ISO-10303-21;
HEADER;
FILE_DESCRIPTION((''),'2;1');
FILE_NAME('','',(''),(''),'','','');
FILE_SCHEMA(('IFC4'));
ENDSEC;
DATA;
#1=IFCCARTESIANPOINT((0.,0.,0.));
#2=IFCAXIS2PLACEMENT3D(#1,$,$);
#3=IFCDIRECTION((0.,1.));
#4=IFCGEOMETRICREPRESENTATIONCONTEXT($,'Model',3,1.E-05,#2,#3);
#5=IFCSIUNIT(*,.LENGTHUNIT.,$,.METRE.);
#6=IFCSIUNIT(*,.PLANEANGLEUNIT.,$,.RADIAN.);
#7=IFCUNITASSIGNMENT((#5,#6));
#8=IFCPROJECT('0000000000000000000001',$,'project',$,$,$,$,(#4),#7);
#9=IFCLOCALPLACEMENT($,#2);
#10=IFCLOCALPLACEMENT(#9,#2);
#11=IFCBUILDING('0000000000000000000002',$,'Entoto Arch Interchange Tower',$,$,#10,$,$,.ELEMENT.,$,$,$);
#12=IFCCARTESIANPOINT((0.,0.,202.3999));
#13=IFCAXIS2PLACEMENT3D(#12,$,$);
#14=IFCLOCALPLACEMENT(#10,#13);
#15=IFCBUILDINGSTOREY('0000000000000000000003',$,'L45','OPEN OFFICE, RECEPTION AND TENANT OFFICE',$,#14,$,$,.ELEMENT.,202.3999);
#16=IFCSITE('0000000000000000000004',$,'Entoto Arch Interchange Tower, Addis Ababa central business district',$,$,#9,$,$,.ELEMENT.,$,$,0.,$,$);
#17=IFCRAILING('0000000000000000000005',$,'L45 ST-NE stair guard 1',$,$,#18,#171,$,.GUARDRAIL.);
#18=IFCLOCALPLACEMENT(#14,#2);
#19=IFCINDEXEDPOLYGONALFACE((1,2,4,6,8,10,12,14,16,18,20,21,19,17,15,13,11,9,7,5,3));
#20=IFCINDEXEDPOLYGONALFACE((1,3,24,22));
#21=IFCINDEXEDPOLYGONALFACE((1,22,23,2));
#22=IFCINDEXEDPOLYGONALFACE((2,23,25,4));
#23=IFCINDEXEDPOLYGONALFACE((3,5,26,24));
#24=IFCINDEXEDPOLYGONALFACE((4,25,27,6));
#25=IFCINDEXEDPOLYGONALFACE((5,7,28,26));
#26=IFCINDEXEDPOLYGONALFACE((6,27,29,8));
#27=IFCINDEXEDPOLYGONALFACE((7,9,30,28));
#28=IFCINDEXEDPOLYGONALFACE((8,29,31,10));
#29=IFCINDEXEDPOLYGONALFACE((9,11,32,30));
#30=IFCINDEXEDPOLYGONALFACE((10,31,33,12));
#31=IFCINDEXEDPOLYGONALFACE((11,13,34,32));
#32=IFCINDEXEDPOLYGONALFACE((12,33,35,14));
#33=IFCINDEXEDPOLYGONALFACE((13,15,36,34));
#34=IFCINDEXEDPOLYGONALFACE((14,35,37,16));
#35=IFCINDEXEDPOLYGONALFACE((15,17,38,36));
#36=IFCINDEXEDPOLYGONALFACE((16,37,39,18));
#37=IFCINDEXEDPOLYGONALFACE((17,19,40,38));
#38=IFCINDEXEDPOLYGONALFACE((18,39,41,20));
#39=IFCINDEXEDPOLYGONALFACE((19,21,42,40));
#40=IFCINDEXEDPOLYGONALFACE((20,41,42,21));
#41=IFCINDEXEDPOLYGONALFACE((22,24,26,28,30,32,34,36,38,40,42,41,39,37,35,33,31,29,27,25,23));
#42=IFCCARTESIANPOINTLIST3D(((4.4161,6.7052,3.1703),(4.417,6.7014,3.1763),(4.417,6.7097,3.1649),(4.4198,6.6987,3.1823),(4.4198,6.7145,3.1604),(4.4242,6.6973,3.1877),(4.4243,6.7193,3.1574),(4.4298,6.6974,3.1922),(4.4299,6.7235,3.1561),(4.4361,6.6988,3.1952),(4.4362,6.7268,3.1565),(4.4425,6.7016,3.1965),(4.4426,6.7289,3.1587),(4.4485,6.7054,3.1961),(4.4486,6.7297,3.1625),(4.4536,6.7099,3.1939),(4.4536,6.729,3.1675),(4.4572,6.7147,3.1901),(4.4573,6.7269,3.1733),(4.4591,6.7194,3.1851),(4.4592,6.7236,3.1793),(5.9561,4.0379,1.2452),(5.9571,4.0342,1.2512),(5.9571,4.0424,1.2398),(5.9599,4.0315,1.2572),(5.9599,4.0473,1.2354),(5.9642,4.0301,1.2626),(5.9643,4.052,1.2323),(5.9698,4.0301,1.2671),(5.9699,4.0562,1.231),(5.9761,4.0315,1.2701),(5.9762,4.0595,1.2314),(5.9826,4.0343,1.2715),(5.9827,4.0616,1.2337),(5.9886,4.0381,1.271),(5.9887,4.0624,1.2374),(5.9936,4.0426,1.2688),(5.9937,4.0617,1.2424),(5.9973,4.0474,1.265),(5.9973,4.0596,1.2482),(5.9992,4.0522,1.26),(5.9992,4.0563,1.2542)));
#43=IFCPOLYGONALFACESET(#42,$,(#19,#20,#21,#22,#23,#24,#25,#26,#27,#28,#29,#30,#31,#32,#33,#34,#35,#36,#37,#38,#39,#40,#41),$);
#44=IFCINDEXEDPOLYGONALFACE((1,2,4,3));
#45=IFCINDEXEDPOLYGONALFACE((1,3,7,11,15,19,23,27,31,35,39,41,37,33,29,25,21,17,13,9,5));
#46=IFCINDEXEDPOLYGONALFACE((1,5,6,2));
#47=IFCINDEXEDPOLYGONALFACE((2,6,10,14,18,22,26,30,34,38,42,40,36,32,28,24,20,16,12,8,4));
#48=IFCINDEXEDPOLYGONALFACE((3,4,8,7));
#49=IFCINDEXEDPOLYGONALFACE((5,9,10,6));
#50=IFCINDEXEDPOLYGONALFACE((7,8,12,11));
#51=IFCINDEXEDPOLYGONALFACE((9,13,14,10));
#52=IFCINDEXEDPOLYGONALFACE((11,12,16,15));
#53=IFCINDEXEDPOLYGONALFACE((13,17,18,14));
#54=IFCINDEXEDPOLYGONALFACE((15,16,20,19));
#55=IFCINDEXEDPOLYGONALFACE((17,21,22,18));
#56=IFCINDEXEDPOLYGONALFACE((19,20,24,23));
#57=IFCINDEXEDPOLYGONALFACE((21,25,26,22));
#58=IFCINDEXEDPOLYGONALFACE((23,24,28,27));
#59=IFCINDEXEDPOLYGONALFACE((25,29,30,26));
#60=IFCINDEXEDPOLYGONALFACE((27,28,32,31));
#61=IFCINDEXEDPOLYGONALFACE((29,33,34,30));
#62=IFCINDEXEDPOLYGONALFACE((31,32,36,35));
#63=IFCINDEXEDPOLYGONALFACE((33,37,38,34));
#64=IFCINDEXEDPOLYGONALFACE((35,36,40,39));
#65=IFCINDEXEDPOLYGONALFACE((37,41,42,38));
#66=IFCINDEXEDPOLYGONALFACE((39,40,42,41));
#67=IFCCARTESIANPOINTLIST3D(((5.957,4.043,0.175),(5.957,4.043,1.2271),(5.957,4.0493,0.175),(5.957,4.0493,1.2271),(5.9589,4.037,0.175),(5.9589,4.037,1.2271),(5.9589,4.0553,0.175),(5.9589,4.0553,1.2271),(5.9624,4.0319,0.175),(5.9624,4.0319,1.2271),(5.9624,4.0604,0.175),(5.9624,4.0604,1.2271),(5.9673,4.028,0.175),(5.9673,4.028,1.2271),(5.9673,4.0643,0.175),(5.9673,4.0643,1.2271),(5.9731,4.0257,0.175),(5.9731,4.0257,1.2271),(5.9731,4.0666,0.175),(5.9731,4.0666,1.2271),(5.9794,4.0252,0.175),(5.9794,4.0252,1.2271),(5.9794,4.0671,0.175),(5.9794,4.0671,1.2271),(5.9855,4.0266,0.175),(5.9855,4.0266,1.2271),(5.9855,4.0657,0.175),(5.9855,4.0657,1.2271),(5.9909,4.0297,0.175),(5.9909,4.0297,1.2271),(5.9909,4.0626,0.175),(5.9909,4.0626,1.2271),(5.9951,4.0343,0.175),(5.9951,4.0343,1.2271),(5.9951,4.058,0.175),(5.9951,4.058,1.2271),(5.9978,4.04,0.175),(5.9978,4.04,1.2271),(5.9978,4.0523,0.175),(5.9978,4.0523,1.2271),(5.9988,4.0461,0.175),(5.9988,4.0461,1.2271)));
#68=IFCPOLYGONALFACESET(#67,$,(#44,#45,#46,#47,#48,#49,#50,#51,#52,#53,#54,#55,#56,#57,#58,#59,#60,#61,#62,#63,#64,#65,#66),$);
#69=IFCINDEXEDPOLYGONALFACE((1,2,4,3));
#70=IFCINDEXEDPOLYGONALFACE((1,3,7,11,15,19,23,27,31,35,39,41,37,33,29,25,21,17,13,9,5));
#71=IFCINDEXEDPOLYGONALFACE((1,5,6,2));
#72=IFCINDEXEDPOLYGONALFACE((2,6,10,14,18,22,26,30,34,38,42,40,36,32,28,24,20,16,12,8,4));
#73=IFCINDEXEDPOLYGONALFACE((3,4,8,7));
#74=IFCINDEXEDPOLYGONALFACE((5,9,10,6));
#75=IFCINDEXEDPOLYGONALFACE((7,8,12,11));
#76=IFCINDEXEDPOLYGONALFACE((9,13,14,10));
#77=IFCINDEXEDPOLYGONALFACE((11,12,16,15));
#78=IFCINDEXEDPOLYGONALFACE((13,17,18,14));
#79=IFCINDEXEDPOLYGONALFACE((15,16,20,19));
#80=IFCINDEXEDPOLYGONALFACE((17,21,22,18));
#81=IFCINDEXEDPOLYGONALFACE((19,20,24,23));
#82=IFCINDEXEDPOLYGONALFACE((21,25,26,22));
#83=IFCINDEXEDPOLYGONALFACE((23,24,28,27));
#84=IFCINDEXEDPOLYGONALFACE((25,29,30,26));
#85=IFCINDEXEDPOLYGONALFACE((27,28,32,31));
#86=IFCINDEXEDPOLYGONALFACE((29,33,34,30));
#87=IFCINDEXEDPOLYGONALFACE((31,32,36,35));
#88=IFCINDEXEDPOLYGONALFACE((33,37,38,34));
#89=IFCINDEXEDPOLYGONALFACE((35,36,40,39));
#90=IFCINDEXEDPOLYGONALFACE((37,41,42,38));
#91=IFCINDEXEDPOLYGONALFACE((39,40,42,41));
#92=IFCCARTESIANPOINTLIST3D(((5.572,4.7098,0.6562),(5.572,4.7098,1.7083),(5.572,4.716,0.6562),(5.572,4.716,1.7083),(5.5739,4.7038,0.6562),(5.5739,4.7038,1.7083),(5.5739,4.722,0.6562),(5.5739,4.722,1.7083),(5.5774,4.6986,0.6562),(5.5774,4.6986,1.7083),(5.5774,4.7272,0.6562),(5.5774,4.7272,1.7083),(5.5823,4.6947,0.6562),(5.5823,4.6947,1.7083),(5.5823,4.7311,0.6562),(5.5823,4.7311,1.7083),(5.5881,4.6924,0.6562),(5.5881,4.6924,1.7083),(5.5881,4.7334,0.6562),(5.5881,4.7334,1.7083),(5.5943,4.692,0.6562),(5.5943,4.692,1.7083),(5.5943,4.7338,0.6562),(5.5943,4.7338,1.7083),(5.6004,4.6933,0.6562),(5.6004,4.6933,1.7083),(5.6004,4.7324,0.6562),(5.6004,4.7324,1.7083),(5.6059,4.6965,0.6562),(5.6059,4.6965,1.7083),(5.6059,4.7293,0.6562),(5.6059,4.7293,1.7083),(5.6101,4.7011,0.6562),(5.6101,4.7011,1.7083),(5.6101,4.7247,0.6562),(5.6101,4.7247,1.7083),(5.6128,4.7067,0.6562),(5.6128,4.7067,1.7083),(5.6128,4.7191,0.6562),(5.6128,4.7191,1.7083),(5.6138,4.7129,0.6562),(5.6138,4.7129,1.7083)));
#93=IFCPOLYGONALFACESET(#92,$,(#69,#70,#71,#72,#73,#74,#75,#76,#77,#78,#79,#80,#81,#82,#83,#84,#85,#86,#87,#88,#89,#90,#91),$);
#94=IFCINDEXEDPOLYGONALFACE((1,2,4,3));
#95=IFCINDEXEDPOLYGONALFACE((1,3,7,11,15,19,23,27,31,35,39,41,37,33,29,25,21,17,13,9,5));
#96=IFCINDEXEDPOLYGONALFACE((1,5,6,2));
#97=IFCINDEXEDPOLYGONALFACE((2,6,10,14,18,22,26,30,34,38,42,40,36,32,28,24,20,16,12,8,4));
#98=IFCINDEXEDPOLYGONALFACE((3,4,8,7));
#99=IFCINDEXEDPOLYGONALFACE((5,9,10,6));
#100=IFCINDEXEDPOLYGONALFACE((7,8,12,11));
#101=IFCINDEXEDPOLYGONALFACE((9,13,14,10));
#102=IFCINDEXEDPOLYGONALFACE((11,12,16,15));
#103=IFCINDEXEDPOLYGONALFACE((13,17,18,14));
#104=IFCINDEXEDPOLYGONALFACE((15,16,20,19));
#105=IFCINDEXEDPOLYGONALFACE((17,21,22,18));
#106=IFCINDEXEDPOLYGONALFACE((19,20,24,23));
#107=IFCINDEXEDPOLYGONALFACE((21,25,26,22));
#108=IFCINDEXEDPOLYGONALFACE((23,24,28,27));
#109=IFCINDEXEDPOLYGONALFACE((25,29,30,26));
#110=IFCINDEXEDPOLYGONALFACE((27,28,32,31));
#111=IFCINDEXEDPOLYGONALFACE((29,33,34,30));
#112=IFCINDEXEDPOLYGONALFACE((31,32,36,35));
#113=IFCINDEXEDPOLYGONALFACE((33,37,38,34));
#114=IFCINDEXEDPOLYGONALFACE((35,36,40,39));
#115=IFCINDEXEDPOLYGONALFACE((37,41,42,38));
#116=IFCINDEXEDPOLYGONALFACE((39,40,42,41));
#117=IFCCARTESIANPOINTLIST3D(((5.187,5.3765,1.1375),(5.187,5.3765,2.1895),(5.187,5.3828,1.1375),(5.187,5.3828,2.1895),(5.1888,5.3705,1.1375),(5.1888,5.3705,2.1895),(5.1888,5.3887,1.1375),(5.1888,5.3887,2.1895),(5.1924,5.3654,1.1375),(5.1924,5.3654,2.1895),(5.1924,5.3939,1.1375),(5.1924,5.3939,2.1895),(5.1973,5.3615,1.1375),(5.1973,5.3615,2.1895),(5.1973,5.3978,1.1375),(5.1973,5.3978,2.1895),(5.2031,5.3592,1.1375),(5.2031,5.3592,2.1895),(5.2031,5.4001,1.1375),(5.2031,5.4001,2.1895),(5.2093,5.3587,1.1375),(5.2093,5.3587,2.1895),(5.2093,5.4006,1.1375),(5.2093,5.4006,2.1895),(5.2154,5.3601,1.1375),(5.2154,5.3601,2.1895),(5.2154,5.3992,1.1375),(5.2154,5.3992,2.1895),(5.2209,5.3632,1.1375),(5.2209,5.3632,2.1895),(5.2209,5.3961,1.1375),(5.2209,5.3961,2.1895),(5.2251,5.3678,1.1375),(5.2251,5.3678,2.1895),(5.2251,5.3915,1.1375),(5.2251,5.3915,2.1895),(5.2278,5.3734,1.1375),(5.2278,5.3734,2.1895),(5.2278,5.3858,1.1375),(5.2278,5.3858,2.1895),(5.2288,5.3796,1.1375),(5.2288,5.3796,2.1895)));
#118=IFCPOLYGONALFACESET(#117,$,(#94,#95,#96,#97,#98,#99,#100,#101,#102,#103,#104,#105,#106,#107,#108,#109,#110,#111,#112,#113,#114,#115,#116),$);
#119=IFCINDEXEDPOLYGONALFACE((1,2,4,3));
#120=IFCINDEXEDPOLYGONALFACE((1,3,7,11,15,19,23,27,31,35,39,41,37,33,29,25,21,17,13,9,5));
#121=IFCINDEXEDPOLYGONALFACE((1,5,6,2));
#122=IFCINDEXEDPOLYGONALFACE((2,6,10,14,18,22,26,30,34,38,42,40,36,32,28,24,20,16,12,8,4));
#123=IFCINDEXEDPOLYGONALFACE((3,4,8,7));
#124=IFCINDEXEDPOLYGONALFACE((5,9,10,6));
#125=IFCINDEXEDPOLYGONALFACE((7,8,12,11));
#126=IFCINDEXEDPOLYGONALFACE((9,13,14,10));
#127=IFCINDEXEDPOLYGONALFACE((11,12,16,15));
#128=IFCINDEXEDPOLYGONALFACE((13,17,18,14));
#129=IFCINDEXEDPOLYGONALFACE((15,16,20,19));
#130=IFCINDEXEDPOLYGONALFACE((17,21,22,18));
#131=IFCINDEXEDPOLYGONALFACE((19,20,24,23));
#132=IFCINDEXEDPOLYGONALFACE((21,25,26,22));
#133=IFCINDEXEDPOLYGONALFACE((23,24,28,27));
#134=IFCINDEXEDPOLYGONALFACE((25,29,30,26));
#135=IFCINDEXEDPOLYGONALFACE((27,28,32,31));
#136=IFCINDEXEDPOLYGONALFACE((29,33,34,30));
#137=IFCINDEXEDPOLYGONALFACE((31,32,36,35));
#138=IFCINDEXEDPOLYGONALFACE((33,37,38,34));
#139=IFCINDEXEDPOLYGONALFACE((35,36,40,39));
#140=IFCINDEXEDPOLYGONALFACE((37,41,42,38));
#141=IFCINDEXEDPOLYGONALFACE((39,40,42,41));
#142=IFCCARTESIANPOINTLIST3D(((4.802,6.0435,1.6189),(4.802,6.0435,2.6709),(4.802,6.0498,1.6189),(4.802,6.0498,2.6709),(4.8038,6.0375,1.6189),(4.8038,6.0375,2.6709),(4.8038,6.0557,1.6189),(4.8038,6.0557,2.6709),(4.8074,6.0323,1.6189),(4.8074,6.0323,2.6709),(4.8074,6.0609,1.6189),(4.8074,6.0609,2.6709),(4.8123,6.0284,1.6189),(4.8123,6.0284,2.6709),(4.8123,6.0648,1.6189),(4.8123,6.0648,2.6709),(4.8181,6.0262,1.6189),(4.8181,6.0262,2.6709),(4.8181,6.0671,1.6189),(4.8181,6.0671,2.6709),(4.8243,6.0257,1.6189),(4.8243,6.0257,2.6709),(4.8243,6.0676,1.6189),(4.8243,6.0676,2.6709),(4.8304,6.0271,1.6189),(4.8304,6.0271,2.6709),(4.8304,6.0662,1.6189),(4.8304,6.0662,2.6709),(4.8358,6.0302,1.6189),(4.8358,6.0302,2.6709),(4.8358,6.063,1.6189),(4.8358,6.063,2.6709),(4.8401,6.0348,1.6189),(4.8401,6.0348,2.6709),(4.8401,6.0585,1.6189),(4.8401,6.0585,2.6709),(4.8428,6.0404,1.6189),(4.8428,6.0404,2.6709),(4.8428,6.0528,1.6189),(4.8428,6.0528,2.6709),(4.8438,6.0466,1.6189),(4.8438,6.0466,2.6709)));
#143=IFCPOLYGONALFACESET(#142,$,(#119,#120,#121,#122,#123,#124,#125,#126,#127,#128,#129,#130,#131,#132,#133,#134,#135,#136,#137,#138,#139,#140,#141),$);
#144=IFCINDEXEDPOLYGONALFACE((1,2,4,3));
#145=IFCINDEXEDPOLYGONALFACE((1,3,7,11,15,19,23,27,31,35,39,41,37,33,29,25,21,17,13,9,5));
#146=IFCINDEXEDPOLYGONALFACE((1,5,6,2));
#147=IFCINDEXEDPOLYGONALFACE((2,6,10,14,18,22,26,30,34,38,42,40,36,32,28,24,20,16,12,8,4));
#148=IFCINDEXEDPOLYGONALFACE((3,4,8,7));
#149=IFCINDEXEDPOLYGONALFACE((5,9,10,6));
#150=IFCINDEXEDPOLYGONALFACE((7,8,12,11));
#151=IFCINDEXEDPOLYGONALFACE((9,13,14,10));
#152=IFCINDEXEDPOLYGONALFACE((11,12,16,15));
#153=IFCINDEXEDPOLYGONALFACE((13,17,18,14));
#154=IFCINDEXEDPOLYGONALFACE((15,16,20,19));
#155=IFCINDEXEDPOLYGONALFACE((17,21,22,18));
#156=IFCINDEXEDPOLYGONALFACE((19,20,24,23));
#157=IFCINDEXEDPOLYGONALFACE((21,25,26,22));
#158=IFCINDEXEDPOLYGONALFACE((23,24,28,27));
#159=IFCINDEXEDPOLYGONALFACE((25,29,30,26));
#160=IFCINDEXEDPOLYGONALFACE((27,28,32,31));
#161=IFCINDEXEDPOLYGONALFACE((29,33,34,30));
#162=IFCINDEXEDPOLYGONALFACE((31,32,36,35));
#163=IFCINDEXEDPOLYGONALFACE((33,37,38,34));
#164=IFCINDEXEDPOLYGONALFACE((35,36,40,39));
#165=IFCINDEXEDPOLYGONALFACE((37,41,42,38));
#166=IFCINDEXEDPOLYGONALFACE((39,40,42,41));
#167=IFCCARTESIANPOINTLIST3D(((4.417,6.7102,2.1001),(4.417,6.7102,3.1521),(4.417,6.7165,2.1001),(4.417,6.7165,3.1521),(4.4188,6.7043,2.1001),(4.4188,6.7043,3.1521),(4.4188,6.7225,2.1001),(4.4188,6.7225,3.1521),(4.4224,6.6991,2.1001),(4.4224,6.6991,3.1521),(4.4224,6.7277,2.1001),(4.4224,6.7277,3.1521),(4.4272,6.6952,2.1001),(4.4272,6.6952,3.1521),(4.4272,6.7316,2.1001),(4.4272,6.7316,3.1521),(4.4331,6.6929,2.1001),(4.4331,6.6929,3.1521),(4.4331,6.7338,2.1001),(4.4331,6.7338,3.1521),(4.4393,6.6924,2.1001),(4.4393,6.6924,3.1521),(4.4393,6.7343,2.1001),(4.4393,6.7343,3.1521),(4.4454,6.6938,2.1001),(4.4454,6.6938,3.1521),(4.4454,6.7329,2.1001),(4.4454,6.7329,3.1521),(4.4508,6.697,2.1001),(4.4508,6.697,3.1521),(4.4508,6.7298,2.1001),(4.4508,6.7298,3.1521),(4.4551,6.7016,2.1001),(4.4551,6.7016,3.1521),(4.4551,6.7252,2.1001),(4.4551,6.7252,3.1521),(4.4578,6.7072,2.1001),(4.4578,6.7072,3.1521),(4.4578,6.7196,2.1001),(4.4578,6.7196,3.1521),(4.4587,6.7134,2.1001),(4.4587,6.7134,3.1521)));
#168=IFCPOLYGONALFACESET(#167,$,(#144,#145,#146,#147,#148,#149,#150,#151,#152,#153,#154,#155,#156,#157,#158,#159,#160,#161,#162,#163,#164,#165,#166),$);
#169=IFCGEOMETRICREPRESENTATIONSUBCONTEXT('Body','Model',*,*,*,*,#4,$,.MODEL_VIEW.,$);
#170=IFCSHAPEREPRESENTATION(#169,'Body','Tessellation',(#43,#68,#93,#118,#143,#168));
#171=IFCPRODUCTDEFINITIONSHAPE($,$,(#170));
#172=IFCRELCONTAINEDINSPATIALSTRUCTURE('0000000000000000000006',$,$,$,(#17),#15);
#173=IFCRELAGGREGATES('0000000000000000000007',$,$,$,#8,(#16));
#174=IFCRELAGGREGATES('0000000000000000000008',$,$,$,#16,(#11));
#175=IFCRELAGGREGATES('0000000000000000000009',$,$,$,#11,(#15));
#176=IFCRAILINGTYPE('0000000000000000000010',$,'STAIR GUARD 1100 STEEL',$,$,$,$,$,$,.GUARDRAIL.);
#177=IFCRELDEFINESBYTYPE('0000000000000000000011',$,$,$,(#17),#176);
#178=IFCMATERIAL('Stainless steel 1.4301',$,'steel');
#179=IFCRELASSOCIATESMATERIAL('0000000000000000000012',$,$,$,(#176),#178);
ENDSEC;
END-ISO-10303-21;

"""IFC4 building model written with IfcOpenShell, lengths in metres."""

from ifc_helpers import new_model, si_unit, direction, frame, origin, origin_2d, place, context, subcontext, project, spatial, circle, extrude, material, type_object, element, save


model = new_model("IFC4")

# Units and contexts
model_context = context("Model", 3, precision=1e-05, world=origin(), true_north=direction((0.0, 1.0)))
body_context = subcontext(model_context, "Body", "Model", "MODEL_VIEW")
ifc_project = project(units=[si_unit("LENGTHUNIT", "METRE"), si_unit("PLANEANGLEUNIT", "RADIAN")], contexts=[model_context])

# Site, building, storey
site_placement = place(None, origin())
site = spatial("IfcSite", under=ifc_project, at=site_placement, Name="Entoto Arch Interchange Tower, Addis Ababa central business district", CompositionType="ELEMENT", RefElevation=0.0)
building_placement = place(site_placement, origin())
building = spatial("IfcBuilding", under=site, at=building_placement, Name="Entoto Arch Interchange Tower", CompositionType="ELEMENT")
storey_placement = place(building_placement, frame((0.0, 0.0, 202.3999)))
storey = spatial("IfcBuildingStorey", under=building, at=storey_placement, Name="L45", Description="OPEN OFFICE, RECEPTION AND TENANT OFFICE", CompositionType="ELEMENT", Elevation=202.3999)

# Railing
ifc_material_1 = material(Name="Stainless steel 1.4301", Category="steel")
railing_type_1 = type_object("IfcRailingType", Name="STAIR GUARD 1100 STEEL", PredefinedType="GUARDRAIL", material=ifc_material_1)
railing_1_placement = place(storey_placement, frame((5.9778, 4.0461, 0.175)))
element("IfcRailing", 1, at=railing_1_placement, inside=storey, type_object=railing_type_1, Name="L45 ST-NE stair guard 1", PredefinedType="GUARDRAIL", context=body_context, shape_type="SweptSolid", body=[
    extrude(circle(Radius=0.0239, at=origin_2d()), frame((0.0, 0.0, 1.0762), z_axis=(-0.424015, 0.734364, 0.530019), x_axis=(-0.86601, -0.500027, 0.0)), (0.0, 0.0, 1.0), 3.6321),
    extrude(circle(Radius=0.021, at=origin_2d()), origin(), (0.0, 0.0, 1.0), 1.052),
    extrude(circle(Radius=0.021, at=origin_2d()), frame((-0.385, 0.6667, 0.4812)), (0.0, 0.0, 1.0), 1.052),
    extrude(circle(Radius=0.021, at=origin_2d()), frame((-0.77, 1.3335, 0.9624)), (0.0, 0.0, 1.0), 1.052),
    extrude(circle(Radius=0.021, at=origin_2d()), frame((-1.155, 2.0005, 1.4438)), (0.0, 0.0, 1.0), 1.052),
    extrude(circle(Radius=0.021, at=origin_2d()), frame((-1.54, 2.6672, 1.925)), (0.0, 0.0, 1.0), 1.052),
])

save(model, "model.ifc")
